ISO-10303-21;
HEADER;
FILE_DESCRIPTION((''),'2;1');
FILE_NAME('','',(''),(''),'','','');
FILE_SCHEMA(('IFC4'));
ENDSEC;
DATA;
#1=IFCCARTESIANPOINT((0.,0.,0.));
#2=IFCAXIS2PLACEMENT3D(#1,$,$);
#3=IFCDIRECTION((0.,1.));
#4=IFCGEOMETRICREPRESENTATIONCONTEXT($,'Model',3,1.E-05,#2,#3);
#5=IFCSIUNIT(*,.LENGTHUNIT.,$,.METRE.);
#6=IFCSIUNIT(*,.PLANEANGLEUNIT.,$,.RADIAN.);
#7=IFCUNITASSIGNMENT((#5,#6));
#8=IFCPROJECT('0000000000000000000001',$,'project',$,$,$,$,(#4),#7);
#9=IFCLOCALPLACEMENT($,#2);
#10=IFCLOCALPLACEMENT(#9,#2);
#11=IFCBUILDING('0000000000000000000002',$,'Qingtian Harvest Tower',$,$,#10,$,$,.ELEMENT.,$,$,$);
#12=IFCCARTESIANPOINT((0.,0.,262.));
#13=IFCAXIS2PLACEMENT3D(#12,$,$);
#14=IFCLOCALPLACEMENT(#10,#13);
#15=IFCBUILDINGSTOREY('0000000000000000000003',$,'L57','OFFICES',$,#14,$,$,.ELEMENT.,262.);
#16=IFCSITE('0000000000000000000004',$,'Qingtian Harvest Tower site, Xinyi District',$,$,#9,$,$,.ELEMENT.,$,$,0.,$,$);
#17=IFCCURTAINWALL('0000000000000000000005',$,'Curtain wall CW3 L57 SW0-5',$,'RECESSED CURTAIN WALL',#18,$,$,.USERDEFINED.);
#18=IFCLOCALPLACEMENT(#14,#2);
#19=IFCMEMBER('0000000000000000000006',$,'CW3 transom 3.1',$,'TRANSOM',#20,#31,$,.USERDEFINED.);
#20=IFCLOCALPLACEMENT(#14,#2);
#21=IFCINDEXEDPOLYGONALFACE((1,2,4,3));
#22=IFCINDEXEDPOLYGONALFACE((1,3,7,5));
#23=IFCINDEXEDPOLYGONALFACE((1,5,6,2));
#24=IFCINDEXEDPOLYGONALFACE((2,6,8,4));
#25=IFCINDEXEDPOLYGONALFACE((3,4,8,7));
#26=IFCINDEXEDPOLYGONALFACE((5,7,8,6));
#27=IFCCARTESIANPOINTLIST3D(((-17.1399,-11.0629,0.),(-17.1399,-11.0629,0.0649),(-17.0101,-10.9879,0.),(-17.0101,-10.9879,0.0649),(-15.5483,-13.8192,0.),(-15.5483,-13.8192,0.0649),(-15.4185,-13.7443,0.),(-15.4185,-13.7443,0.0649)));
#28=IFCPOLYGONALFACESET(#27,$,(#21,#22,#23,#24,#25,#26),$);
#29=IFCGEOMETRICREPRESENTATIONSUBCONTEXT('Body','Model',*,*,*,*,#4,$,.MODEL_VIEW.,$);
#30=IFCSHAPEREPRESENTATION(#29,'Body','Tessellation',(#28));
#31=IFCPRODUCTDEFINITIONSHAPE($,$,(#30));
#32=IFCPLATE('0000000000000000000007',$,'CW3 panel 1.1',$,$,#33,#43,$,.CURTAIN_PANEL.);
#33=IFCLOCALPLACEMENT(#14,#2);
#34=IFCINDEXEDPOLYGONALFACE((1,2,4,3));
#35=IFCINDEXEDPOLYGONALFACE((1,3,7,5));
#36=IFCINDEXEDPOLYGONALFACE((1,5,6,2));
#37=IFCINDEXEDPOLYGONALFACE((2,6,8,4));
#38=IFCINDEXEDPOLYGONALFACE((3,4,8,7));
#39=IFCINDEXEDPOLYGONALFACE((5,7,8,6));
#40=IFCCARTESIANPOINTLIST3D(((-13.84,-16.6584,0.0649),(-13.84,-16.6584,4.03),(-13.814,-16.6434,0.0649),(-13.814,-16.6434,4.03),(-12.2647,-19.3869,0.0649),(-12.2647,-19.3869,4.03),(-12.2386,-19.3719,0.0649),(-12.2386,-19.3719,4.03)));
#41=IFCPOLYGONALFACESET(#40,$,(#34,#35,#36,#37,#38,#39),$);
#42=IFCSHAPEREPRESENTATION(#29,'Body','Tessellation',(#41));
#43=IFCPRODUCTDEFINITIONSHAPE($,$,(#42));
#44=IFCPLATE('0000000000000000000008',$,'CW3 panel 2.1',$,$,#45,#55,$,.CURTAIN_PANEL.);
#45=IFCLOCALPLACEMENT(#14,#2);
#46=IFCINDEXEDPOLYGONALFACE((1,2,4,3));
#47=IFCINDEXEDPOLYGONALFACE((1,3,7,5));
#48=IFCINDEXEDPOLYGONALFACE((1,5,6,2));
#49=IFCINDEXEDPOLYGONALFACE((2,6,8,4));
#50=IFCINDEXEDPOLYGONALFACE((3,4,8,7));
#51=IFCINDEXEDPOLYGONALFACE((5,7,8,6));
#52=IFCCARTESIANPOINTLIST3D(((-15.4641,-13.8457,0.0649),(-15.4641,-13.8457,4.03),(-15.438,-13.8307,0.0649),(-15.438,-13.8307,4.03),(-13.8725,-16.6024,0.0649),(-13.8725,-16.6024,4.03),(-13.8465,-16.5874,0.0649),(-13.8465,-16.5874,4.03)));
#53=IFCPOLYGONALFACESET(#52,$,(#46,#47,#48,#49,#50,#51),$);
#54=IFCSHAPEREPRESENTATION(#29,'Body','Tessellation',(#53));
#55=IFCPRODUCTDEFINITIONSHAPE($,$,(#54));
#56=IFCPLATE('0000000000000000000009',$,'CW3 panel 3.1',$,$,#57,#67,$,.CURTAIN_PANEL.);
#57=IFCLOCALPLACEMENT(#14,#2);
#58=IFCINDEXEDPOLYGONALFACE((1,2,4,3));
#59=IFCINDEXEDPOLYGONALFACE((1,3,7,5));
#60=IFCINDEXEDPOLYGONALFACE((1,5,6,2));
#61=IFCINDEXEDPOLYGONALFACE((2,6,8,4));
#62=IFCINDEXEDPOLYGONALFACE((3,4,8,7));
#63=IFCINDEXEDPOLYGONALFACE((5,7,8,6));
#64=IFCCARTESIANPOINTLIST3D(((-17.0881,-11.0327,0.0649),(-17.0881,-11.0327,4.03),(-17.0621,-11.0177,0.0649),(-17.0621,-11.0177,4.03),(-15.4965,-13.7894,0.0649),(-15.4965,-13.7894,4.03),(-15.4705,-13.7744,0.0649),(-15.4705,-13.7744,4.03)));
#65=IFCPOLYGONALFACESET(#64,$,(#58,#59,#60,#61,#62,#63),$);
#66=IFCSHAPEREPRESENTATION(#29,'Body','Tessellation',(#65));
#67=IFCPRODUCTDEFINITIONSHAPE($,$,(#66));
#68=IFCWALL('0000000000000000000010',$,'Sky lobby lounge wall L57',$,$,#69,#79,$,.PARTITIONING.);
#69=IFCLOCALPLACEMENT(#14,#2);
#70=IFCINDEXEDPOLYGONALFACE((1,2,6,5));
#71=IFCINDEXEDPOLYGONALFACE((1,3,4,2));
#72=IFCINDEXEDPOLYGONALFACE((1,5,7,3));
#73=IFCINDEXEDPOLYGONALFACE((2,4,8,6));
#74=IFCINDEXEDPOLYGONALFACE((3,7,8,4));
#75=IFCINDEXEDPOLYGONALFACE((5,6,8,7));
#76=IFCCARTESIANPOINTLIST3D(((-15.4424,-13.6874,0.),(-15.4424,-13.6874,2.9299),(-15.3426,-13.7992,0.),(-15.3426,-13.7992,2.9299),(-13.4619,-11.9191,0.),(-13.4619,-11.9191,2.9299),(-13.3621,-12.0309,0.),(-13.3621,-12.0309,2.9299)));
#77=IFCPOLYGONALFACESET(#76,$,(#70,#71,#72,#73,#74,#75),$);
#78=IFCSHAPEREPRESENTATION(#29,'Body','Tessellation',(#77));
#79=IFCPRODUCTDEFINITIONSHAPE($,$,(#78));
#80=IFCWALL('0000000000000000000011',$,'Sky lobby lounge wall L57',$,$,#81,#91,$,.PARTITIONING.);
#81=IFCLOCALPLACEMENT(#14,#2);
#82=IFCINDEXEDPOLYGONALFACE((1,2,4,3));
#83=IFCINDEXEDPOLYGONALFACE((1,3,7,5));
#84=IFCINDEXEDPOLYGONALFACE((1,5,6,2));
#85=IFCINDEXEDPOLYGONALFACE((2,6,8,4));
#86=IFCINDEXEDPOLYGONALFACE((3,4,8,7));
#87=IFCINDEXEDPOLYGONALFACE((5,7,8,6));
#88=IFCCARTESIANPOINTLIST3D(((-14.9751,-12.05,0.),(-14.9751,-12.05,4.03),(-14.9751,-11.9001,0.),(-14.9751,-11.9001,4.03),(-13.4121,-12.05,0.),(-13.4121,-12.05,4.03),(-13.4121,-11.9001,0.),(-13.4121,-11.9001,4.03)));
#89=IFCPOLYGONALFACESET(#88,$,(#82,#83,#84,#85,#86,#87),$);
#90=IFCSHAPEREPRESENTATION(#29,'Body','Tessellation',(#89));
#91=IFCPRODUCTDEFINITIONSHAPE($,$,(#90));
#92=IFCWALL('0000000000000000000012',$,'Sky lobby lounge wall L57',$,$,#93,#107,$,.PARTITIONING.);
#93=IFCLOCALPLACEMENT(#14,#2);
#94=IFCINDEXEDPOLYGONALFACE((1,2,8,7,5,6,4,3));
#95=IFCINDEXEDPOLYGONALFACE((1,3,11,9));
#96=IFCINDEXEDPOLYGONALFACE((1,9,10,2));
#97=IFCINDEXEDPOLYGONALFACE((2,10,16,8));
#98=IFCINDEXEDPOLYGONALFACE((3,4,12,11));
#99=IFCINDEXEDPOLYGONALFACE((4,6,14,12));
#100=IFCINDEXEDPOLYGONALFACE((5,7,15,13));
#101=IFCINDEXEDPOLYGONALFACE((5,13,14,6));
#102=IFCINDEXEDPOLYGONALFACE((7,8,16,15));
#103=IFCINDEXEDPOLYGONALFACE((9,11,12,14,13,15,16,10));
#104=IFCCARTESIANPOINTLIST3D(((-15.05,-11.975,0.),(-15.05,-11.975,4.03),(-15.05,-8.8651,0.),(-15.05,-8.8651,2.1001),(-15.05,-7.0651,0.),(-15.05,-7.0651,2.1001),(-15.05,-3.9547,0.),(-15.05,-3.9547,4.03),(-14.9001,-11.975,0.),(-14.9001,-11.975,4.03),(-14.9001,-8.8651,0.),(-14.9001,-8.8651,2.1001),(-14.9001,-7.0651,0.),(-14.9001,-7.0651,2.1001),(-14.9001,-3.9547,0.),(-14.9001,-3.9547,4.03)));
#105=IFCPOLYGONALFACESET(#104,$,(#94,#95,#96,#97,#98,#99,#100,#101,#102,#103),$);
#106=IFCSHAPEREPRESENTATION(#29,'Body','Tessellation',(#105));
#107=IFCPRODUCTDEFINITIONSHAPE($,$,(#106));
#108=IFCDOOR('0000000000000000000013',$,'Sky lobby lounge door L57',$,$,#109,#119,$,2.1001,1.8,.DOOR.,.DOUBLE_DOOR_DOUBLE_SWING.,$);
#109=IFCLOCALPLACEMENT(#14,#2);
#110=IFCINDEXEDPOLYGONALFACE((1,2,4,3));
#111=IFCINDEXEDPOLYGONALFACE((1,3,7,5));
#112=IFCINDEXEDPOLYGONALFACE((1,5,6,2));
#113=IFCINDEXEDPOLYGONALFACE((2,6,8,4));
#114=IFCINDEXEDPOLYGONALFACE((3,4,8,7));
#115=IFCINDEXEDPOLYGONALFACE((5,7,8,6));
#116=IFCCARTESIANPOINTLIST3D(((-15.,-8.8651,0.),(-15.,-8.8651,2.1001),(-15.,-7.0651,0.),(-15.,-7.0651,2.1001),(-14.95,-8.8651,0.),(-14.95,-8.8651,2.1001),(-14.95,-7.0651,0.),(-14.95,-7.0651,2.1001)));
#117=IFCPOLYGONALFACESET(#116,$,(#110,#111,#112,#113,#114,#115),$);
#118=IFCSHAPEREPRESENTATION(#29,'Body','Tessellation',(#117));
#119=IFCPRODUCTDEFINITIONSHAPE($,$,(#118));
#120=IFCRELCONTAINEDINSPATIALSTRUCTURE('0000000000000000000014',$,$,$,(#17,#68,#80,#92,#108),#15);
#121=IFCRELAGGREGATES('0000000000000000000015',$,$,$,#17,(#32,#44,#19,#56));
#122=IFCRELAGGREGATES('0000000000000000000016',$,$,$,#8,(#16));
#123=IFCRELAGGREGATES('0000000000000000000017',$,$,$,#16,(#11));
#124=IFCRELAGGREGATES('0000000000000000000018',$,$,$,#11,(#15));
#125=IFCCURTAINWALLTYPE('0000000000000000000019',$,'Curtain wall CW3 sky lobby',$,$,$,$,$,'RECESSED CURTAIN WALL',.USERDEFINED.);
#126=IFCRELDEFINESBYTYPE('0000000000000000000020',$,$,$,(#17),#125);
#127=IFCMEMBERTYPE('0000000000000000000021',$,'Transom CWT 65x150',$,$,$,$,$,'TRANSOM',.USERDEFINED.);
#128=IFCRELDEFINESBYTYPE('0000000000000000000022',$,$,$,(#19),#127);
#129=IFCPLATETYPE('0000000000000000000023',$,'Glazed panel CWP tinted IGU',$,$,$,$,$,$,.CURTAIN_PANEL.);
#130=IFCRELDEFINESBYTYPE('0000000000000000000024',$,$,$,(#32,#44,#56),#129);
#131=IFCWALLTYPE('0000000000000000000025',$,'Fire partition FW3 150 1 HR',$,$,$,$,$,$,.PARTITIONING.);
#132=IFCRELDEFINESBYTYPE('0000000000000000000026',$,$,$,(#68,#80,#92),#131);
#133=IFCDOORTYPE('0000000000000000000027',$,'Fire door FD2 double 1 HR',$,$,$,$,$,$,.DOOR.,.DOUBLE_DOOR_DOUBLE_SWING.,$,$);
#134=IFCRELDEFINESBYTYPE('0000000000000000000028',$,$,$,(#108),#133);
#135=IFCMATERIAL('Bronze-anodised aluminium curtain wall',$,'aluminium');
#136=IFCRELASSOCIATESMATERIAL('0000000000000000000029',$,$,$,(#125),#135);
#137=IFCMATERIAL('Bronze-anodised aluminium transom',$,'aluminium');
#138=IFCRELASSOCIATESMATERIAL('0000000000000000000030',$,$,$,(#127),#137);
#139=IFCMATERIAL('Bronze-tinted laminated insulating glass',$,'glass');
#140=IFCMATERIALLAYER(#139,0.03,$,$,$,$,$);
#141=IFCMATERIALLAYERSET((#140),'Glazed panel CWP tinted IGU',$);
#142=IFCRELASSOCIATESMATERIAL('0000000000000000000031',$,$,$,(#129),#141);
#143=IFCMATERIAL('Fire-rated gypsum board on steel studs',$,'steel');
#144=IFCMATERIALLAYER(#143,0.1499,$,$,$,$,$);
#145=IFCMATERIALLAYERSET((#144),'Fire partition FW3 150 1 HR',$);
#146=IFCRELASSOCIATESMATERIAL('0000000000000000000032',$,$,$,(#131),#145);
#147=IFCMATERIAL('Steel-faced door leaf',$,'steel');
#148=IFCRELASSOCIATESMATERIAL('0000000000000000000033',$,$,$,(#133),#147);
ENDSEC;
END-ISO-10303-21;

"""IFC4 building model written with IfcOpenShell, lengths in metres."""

from ifc_helpers import new_model, si_unit, direction, frame, frame_2d, origin, origin_2d, place, context, subcontext, project, spatial, rectangle, extrude, material, layer, layer_set, material_profile, profile_set, type_object, element, fill, aggregate, save


model = new_model("IFC4")

# Units and contexts
model_context = context("Model", 3, precision=1e-05, world=origin(), true_north=direction((0.0, 1.0)))
body_context = subcontext(model_context, "Body", "Model", "MODEL_VIEW")
ifc_project = project(units=[si_unit("LENGTHUNIT", "METRE"), si_unit("PLANEANGLEUNIT", "RADIAN")], contexts=[model_context])

# Site, building, storey
site_placement = place(None, origin())
site = spatial("IfcSite", under=ifc_project, at=site_placement, Name="Qingtian Harvest Tower site, Xinyi District", CompositionType="ELEMENT", RefElevation=0.0)
building_placement = place(site_placement, origin())
building = spatial("IfcBuilding", under=site, at=building_placement, Name="Qingtian Harvest Tower", CompositionType="ELEMENT")
storey_placement = place(building_placement, frame((0.0, 0.0, 262.0)))
storey = spatial("IfcBuildingStorey", under=building, at=storey_placement, Name="L57", Description="OFFICES", CompositionType="ELEMENT", Elevation=262.0)

# Shared definitions
ifc_material_1 = material(Name="Bronze-anodised aluminium curtain wall", Category="aluminium")
curtain_wall_type = type_object("IfcCurtainWallType", Name="Curtain wall CW3 sky lobby", ElementType="RECESSED CURTAIN WALL", PredefinedType="USERDEFINED", material=ifc_material_1)

# Curtain wall
curtain_wall_1_placement = place(storey_placement, origin())
curtain_wall_1 = element("IfcCurtainWall", 1, at=curtain_wall_1_placement, inside=storey, type_object=curtain_wall_type, Name="Curtain wall CW3 L57 SW0-5", ObjectType="RECESSED CURTAIN WALL", PredefinedType="USERDEFINED")

# Member
ifc_material_2 = material(Name="Bronze-anodised aluminium transom", Category="aluminium")
ifc_material_profile_1 = material_profile(ifc_material_2, rectangle(XDim=0.1499, YDim=0.0649, at=origin_2d()), Name="AL 65x150")
ifc_profile_set_1 = profile_set([ifc_material_profile_1], Name="Bronze-anodised aluminium transom")
member_type_1 = type_object("IfcMemberType", Name="Transom CWT 65x150", ElementType="TRANSOM", PredefinedType="USERDEFINED", material=ifc_profile_set_1)
member_1_placement = place(storey_placement, frame((-15.4834, -13.7817, 0.0325), z_axis=(-0.500041, 0.866002, 0.0), x_axis=(-0.866002, -0.500041, 0.0)))
member_1 = element("IfcMember", 2, at=member_1_placement, type_object=member_type_1, Name="CW3 transom 3.1", ObjectType="TRANSOM", PredefinedType="USERDEFINED", context=body_context, shape_type="SweptSolid", body=[
    extrude(rectangle(XDim=0.1499, YDim=0.0649, at=origin_2d()), origin(), (0.0, 0.0, 1.0), 3.1829),
])

# Plates
ifc_material_3 = material(Name="Bronze-tinted laminated insulating glass", Category="glass")
ifc_layer_1 = layer(ifc_material_3, 0.03)
ifc_layer_set_1 = layer_set([ifc_layer_1], Name="Glazed panel CWP tinted IGU")
plate_type = type_object("IfcPlateType", Name="Glazed panel CWP tinted IGU", PredefinedType="CURTAIN_PANEL", material=ifc_layer_set_1)
plate_1_placement = place(storey_placement, frame((-13.0393, -18.0151, 0.0649), z_axis=(0.0, 0.0, 1.0), x_axis=(-0.5, 0.866025, 0.0)))
plate_1 = element("IfcPlate", 3, at=plate_1_placement, type_object=plate_type, Name="CW3 panel 1.1", PredefinedType="CURTAIN_PANEL", context=body_context, shape_type="SweptSolid", body=[
    extrude(rectangle(XDim=3.1506, YDim=0.03, at=origin_2d()), origin(), (0.0, 0.0, 1.0), 3.9651),
])
plate_2_placement = place(storey_placement, frame((-14.6553, -15.2166, 0.0649), z_axis=(0.0, 0.0, 1.0), x_axis=(-0.5, 0.866025, 0.0)))
plate_2 = element("IfcPlate", 4, at=plate_2_placement, type_object=plate_type, Name="CW3 panel 2.1", PredefinedType="CURTAIN_PANEL", context=body_context, shape_type="SweptSolid", body=[
    extrude(rectangle(XDim=3.1831, YDim=0.03, at=origin_2d()), origin(), (0.0, 0.0, 1.0), 3.9651),
])
plate_3_placement = place(storey_placement, frame((-16.2793, -12.4036, 0.0649), z_axis=(0.0, 0.0, 1.0), x_axis=(-0.5, 0.866025, 0.0)))
plate_3 = element("IfcPlate", 5, at=plate_3_placement, type_object=plate_type, Name="CW3 panel 3.1", PredefinedType="CURTAIN_PANEL", context=body_context, shape_type="SweptSolid", body=[
    extrude(rectangle(XDim=3.1831, YDim=0.03, at=origin_2d()), origin(), (0.0, 0.0, 1.0), 3.9651),
])
aggregate(curtain_wall_1, [plate_1, plate_2, member_1, plate_3])

# Walls
ifc_material_4 = material(Name="Fire-rated gypsum board on steel studs", Category="steel")
ifc_layer_2 = layer(ifc_material_4, 0.1499)
ifc_layer_set_2 = layer_set([ifc_layer_2], Name="Fire partition FW3 150 1 HR")
wall_type = type_object("IfcWallType", Name="Fire partition FW3 150 1 HR", PredefinedType="PARTITIONING", material=ifc_layer_set_2)
wall_1_placement = place(storey_placement, frame((-15.3926, -13.7434, 0.0), z_axis=(0.0, 0.0, 1.0), x_axis=(0.745931, 0.666023, 0.0)))
element("IfcWall", 6, at=wall_1_placement, inside=storey, type_object=wall_type, Name="Sky lobby lounge wall L57", PredefinedType="PARTITIONING", context=body_context, shape_type="SweptSolid", body=[
    extrude(rectangle(XDim=2.655, YDim=0.1499, at=frame_2d((1.3276, 0.0))), origin(), (0.0, 0.0, 1.0), 2.9299),
])
wall_2_placement = place(storey_placement, frame((-13.4121, -11.9751, 0.0), z_axis=(0.0, 0.0, 1.0), x_axis=(-1.0, 0.0, 0.0)))
element("IfcWall", 7, at=wall_2_placement, inside=storey, type_object=wall_type, Name="Sky lobby lounge wall L57", PredefinedType="PARTITIONING", context=body_context, shape_type="SweptSolid", body=[
    extrude(rectangle(XDim=1.563, YDim=0.1499, at=frame_2d((0.7815, 0.0))), origin(), (0.0, 0.0, 1.0), 4.03),
])

# Wall, opening, door
wall_3_placement = place(storey_placement, frame((-14.9751, -11.9751, 0.0), z_axis=(0.0, 0.0, 1.0), x_axis=(0.0, 1.0, 0.0)))
wall_3 = element("IfcWall", 8, at=wall_3_placement, inside=storey, type_object=wall_type, Name="Sky lobby lounge wall L57", PredefinedType="PARTITIONING", context=body_context, shape_type="SweptSolid", body=[
    extrude(rectangle(XDim=8.0203, YDim=0.1499, at=frame_2d((4.0103, 0.0))), origin(), (0.0, 0.0, 1.0), 4.03),
])
opening_placement = place(wall_3_placement, frame((3.1101, 0.0, 0.0)))
opening = element("IfcOpeningElement", 9, at=opening_placement, cuts=wall_3, PredefinedType="OPENING", context=body_context, shape_type="SweptSolid", body=[
    extrude(rectangle(XDim=1.8, YDim=2.1001, at=frame_2d((0.8999, 1.05))), frame((0.0, 0.085, 0.0), z_axis=(0.0, -1.0, 0.0), x_axis=(1.0, 0.0, 0.0)), (0.0, 0.0, 1.0), 0.1699),
])
ifc_material_5 = material(Name="Steel-faced door leaf", Category="steel")
door_type = type_object("IfcDoorType", Name="Fire door FD2 double 1 HR", OperationType="DOUBLE_DOOR_DOUBLE_SWING", PredefinedType="DOOR", material=ifc_material_5)
door_placement = place(opening_placement, origin())
door = element("IfcDoor", 10, at=door_placement, inside=storey, type_object=door_type, Name="Sky lobby lounge door L57", OperationType="DOUBLE_DOOR_DOUBLE_SWING", OverallHeight=2.1001, OverallWidth=1.8, PredefinedType="DOOR", context=body_context, shape_type="SweptSolid", body=[
    extrude(rectangle(XDim=1.8, YDim=2.1001, at=frame_2d((0.8999, 1.05))), frame((0.0, 0.0249, 0.0), z_axis=(0.0, -1.0, 0.0), x_axis=(1.0, 0.0, 0.0)), (0.0, 0.0, 1.0), 0.05),
])
fill(opening, door)

save(model, "model.ifc")
